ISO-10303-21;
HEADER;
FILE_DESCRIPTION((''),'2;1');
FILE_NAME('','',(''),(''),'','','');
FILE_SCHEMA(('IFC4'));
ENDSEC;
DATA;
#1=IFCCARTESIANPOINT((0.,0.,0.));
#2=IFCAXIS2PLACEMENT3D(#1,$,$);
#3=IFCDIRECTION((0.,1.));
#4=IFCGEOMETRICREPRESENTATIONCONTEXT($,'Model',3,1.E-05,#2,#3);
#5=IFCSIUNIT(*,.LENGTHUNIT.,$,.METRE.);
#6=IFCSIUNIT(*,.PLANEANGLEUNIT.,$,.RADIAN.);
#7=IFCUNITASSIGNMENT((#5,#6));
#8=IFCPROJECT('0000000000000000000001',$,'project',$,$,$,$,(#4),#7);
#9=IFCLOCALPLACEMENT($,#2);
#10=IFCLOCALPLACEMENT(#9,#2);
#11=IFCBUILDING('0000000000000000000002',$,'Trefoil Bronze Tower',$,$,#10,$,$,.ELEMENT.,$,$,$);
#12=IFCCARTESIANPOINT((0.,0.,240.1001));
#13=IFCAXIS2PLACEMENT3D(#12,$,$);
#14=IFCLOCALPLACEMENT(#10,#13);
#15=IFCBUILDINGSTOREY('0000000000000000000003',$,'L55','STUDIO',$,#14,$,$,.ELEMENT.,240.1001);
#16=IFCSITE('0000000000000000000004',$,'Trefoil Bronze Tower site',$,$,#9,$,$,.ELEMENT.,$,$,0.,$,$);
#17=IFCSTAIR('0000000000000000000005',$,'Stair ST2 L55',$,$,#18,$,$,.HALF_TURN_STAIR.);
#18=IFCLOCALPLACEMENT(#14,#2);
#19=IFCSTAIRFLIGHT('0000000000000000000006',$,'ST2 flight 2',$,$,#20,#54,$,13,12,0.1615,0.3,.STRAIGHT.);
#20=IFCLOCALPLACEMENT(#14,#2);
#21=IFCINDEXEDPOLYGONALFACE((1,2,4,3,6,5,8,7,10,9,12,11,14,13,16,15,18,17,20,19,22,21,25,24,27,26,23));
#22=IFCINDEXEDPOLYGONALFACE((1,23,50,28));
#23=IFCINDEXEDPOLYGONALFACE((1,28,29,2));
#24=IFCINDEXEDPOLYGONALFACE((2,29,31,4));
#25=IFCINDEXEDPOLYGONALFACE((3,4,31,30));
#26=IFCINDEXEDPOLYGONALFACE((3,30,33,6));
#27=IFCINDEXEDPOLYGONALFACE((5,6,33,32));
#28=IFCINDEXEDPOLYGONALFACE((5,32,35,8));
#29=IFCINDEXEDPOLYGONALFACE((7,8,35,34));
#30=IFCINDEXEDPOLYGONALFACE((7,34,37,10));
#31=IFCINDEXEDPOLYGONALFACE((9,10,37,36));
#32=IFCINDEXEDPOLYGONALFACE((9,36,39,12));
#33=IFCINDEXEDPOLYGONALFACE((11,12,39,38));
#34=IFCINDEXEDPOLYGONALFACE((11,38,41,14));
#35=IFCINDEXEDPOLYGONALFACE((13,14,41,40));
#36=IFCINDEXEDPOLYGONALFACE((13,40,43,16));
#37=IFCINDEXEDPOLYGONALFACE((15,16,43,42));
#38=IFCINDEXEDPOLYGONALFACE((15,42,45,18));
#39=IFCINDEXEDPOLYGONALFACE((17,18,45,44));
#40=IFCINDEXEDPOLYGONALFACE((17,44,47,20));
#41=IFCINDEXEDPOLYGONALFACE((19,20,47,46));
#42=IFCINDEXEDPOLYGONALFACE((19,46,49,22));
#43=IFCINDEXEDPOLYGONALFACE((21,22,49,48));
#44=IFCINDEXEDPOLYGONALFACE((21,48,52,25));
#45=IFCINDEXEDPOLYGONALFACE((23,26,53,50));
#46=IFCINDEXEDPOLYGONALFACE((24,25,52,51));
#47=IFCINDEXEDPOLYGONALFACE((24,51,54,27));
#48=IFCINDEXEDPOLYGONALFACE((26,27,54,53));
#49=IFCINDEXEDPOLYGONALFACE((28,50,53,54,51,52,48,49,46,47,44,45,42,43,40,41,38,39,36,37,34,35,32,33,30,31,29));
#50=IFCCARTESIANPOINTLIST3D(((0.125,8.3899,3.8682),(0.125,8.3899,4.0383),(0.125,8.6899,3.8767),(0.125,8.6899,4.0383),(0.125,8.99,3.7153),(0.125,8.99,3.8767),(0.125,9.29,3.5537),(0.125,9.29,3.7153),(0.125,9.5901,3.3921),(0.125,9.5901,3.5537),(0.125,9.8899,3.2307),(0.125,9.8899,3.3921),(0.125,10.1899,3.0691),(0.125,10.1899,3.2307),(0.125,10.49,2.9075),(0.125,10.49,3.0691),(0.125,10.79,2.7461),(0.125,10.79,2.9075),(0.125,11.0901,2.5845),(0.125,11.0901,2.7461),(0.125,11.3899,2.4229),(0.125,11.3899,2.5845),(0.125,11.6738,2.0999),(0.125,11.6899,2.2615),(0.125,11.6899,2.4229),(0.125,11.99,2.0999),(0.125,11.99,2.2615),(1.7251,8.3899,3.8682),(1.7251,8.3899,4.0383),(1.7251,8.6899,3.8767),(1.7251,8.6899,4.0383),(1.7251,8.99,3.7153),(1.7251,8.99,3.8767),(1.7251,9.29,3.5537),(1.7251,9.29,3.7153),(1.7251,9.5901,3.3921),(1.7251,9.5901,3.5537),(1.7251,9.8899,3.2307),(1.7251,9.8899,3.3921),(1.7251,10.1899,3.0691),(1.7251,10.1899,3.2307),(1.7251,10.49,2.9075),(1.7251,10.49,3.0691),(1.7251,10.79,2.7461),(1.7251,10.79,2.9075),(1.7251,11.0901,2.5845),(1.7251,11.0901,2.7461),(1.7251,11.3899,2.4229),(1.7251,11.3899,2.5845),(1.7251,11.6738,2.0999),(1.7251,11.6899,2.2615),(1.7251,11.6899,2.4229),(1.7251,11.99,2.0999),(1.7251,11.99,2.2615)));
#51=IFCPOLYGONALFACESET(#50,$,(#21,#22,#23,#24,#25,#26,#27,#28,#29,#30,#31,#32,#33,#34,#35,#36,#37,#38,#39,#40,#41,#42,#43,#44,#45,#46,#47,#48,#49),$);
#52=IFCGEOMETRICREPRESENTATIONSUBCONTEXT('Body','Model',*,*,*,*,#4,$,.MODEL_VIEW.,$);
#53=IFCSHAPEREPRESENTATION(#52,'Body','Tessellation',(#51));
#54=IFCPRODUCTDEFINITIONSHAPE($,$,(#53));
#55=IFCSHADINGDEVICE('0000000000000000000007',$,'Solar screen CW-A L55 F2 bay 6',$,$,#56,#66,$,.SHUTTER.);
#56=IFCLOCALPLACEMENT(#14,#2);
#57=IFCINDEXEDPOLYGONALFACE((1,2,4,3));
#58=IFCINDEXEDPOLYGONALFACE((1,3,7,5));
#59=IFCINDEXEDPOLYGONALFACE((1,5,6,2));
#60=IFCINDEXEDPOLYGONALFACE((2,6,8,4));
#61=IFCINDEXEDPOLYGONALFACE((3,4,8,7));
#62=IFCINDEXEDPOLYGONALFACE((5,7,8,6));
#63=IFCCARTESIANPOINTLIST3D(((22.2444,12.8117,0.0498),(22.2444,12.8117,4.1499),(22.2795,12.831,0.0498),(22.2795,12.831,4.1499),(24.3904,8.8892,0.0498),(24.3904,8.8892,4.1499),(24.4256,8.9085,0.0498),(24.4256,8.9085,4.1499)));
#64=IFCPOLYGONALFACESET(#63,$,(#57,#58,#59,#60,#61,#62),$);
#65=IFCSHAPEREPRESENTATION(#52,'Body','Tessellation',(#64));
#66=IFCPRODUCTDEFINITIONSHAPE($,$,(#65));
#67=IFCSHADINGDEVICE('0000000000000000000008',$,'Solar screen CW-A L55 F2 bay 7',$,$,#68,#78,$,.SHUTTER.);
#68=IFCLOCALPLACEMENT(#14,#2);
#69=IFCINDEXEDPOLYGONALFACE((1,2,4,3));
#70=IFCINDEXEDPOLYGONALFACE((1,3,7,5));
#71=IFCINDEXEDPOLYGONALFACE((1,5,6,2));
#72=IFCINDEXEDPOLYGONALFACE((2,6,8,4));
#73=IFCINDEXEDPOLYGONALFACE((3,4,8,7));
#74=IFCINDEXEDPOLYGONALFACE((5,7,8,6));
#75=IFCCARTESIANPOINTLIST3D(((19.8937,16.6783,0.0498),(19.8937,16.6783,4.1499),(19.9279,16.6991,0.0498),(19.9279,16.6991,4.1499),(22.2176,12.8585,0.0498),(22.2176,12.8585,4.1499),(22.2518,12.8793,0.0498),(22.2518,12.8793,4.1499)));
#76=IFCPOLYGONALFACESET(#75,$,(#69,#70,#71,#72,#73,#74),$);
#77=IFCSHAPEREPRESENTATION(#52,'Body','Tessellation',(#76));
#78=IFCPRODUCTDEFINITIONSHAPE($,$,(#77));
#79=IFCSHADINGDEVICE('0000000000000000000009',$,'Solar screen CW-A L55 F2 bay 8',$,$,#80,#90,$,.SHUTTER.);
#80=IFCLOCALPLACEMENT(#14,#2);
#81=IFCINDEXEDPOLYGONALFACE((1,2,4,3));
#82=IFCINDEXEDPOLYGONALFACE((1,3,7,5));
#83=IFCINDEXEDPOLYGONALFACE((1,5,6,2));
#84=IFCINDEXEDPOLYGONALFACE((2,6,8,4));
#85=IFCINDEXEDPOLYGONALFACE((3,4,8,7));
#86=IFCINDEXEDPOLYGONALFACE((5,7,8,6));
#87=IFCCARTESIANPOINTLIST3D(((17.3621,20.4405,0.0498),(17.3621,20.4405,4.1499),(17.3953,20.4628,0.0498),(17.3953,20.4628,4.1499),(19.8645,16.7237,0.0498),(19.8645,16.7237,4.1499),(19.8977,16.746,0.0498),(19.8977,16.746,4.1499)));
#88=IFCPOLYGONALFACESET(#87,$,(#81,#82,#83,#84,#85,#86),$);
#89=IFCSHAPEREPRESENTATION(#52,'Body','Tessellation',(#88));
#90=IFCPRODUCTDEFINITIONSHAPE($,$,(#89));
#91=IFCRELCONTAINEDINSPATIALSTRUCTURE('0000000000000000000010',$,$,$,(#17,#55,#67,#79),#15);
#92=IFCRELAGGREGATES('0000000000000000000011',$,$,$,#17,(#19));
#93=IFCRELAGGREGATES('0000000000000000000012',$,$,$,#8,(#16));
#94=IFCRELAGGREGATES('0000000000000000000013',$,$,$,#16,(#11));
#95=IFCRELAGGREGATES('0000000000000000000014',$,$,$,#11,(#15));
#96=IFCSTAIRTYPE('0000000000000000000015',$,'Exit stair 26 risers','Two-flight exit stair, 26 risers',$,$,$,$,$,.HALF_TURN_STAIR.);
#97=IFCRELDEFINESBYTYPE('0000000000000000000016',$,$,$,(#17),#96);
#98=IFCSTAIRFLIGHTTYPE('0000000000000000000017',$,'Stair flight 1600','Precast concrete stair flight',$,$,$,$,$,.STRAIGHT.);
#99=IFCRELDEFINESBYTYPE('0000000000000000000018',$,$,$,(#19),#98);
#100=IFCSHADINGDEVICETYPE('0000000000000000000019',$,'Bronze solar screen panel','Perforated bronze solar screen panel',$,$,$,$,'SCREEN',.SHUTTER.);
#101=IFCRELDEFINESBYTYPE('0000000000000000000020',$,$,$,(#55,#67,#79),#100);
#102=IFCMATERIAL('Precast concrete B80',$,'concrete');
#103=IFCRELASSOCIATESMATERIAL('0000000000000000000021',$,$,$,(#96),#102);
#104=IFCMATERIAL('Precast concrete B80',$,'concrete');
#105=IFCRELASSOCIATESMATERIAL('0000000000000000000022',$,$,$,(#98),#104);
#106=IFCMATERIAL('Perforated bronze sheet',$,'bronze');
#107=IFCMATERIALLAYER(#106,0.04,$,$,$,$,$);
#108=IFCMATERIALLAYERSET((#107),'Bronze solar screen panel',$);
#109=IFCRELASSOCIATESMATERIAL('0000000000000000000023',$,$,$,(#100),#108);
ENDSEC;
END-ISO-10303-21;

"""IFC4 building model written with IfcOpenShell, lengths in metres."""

from ifc_helpers import new_model, si_unit, direction, frame, origin, origin_2d, place, context, subcontext, project, spatial, polyline, rectangle, outline, extrude, material, layer, layer_set, type_object, element, aggregate, save


model = new_model("IFC4")

# Units and contexts
model_context = context("Model", 3, precision=1e-05, world=origin(), true_north=direction((0.0, 1.0)))
body_context = subcontext(model_context, "Body", "Model", "MODEL_VIEW")
ifc_project = project(units=[si_unit("LENGTHUNIT", "METRE"), si_unit("PLANEANGLEUNIT", "RADIAN")], contexts=[model_context])

# Site, building, storey
site_placement = place(None, origin())
site = spatial("IfcSite", under=ifc_project, at=site_placement, Name="Trefoil Bronze Tower site", CompositionType="ELEMENT", RefElevation=0.0)
building_placement = place(site_placement, origin())
building = spatial("IfcBuilding", under=site, at=building_placement, Name="Trefoil Bronze Tower", CompositionType="ELEMENT")
storey_placement = place(building_placement, frame((0.0, 0.0, 240.1001)))
storey = spatial("IfcBuildingStorey", under=building, at=storey_placement, Name="L55", Description="STUDIO", CompositionType="ELEMENT", Elevation=240.1001)

# Stair, stair flight
ifc_material_1 = material(Name="Precast concrete B80", Category="concrete")
stair_type = type_object("IfcStairType", Name="Exit stair 26 risers", Description="Two-flight exit stair, 26 risers", PredefinedType="HALF_TURN_STAIR", material=ifc_material_1)
stair_placement = place(storey_placement, origin())
stair = element("IfcStair", 1, at=stair_placement, inside=storey, type_object=stair_type, Name="Stair ST2 L55", PredefinedType="HALF_TURN_STAIR")
ifc_material_2 = material(Name="Precast concrete B80", Category="concrete")
stair_flight_type = type_object("IfcStairFlightType", Name="Stair flight 1600", Description="Precast concrete stair flight", PredefinedType="STRAIGHT", material=ifc_material_2)
stair_flight_placement = place(storey_placement, frame((0.925, 11.99, 2.0999), z_axis=(0.0, 0.0, 1.0), x_axis=(0.0, -1.0, 0.0)))
stair_flight = element("IfcStairFlight", 2, at=stair_flight_placement, type_object=stair_flight_type, Name="ST2 flight 2", NumberOfRisers=13, NumberOfTreads=12, PredefinedType="STRAIGHT", RiserHeight=0.1615, TreadLength=0.3, context=body_context, shape_type="SweptSolid", body=[
    extrude(outline(polyline([(0.0, 0.0), (0.0, 0.1616), (0.3, 0.1616), (0.3, 0.323), (0.6001, 0.323), (0.6001, 0.4846), (0.8999, 0.4846), (0.8999, 0.6462), (1.2, 0.6462), (1.2, 0.8076), (1.5, 0.8076), (1.5, 0.9692), (1.8, 0.9692), (1.8, 1.1309), (2.1001, 1.1309), (2.1001, 1.2922), (2.3999, 1.2922), (2.3999, 1.4539), (2.7, 1.4539), (2.7, 1.6155), (3.0, 1.6155), (3.0, 1.7769), (3.3, 1.7769), (3.3, 1.9385), (3.6001, 1.9385), (3.6001, 2.1001), (3.6001, 1.7683), (0.3162, 0.0), (0.0, 0.0)])), frame((0.0, 0.8, 0.0), z_axis=(0.0, -1.0, 0.0), x_axis=(1.0, 0.0, 0.0)), (0.0, 0.0, 1.0), 1.6001),
])
aggregate(stair, [stair_flight])

# Shading devices
ifc_material_3 = material(Name="Perforated bronze sheet", Category="bronze")
ifc_layer_1 = layer(ifc_material_3, 0.04)
ifc_layer_set_1 = layer_set([ifc_layer_1], Name="Bronze solar screen panel")
shading_device_type = type_object("IfcShadingDeviceType", Name="Bronze solar screen panel", Description="Perforated bronze solar screen panel", ElementType="SCREEN", PredefinedType="SHUTTER", material=ifc_layer_set_1)
for number, where, z_axis, x_axis, name in (
    (3, (23.335, 10.8601, 0.0498), (0.0, 0.0, 1.0), (-0.479974, 0.877283, 0.0), "Solar screen CW-A L55 F2 bay 6"),
    (4, (21.0728, 14.7788, 0.0498), (0.0, 0.0, 1.0), (-0.519762, 0.854311, 0.0), "Solar screen CW-A L55 F2 bay 7"),
):
    element("IfcShadingDevice", number, at=place(storey_placement, frame(where, z_axis=z_axis, x_axis=x_axis)), inside=storey, type_object=shading_device_type, Name=name, PredefinedType="SHUTTER", context=body_context, shape_type="SweptSolid", body=[
        extrude(rectangle(XDim=4.4712, YDim=0.04, at=origin_2d()), origin(), (0.0, 0.0, 1.0), 4.1001),
    ])
shading_device_placement = place(storey_placement, frame((18.6299, 18.5933, 0.0498), z_axis=(0.0, 0.0, 1.0), x_axis=(-0.558493, 0.829509, 0.0)))
element("IfcShadingDevice", 5, at=shading_device_placement, inside=storey, type_object=shading_device_type, Name="Solar screen CW-A L55 F2 bay 8", PredefinedType="SHUTTER", context=body_context, shape_type="SweptSolid", body=[
    extrude(rectangle(XDim=4.4807, YDim=0.04, at=origin_2d()), origin(), (0.0, 0.0, 1.0), 4.1001),
])

save(model, "model.ifc")
